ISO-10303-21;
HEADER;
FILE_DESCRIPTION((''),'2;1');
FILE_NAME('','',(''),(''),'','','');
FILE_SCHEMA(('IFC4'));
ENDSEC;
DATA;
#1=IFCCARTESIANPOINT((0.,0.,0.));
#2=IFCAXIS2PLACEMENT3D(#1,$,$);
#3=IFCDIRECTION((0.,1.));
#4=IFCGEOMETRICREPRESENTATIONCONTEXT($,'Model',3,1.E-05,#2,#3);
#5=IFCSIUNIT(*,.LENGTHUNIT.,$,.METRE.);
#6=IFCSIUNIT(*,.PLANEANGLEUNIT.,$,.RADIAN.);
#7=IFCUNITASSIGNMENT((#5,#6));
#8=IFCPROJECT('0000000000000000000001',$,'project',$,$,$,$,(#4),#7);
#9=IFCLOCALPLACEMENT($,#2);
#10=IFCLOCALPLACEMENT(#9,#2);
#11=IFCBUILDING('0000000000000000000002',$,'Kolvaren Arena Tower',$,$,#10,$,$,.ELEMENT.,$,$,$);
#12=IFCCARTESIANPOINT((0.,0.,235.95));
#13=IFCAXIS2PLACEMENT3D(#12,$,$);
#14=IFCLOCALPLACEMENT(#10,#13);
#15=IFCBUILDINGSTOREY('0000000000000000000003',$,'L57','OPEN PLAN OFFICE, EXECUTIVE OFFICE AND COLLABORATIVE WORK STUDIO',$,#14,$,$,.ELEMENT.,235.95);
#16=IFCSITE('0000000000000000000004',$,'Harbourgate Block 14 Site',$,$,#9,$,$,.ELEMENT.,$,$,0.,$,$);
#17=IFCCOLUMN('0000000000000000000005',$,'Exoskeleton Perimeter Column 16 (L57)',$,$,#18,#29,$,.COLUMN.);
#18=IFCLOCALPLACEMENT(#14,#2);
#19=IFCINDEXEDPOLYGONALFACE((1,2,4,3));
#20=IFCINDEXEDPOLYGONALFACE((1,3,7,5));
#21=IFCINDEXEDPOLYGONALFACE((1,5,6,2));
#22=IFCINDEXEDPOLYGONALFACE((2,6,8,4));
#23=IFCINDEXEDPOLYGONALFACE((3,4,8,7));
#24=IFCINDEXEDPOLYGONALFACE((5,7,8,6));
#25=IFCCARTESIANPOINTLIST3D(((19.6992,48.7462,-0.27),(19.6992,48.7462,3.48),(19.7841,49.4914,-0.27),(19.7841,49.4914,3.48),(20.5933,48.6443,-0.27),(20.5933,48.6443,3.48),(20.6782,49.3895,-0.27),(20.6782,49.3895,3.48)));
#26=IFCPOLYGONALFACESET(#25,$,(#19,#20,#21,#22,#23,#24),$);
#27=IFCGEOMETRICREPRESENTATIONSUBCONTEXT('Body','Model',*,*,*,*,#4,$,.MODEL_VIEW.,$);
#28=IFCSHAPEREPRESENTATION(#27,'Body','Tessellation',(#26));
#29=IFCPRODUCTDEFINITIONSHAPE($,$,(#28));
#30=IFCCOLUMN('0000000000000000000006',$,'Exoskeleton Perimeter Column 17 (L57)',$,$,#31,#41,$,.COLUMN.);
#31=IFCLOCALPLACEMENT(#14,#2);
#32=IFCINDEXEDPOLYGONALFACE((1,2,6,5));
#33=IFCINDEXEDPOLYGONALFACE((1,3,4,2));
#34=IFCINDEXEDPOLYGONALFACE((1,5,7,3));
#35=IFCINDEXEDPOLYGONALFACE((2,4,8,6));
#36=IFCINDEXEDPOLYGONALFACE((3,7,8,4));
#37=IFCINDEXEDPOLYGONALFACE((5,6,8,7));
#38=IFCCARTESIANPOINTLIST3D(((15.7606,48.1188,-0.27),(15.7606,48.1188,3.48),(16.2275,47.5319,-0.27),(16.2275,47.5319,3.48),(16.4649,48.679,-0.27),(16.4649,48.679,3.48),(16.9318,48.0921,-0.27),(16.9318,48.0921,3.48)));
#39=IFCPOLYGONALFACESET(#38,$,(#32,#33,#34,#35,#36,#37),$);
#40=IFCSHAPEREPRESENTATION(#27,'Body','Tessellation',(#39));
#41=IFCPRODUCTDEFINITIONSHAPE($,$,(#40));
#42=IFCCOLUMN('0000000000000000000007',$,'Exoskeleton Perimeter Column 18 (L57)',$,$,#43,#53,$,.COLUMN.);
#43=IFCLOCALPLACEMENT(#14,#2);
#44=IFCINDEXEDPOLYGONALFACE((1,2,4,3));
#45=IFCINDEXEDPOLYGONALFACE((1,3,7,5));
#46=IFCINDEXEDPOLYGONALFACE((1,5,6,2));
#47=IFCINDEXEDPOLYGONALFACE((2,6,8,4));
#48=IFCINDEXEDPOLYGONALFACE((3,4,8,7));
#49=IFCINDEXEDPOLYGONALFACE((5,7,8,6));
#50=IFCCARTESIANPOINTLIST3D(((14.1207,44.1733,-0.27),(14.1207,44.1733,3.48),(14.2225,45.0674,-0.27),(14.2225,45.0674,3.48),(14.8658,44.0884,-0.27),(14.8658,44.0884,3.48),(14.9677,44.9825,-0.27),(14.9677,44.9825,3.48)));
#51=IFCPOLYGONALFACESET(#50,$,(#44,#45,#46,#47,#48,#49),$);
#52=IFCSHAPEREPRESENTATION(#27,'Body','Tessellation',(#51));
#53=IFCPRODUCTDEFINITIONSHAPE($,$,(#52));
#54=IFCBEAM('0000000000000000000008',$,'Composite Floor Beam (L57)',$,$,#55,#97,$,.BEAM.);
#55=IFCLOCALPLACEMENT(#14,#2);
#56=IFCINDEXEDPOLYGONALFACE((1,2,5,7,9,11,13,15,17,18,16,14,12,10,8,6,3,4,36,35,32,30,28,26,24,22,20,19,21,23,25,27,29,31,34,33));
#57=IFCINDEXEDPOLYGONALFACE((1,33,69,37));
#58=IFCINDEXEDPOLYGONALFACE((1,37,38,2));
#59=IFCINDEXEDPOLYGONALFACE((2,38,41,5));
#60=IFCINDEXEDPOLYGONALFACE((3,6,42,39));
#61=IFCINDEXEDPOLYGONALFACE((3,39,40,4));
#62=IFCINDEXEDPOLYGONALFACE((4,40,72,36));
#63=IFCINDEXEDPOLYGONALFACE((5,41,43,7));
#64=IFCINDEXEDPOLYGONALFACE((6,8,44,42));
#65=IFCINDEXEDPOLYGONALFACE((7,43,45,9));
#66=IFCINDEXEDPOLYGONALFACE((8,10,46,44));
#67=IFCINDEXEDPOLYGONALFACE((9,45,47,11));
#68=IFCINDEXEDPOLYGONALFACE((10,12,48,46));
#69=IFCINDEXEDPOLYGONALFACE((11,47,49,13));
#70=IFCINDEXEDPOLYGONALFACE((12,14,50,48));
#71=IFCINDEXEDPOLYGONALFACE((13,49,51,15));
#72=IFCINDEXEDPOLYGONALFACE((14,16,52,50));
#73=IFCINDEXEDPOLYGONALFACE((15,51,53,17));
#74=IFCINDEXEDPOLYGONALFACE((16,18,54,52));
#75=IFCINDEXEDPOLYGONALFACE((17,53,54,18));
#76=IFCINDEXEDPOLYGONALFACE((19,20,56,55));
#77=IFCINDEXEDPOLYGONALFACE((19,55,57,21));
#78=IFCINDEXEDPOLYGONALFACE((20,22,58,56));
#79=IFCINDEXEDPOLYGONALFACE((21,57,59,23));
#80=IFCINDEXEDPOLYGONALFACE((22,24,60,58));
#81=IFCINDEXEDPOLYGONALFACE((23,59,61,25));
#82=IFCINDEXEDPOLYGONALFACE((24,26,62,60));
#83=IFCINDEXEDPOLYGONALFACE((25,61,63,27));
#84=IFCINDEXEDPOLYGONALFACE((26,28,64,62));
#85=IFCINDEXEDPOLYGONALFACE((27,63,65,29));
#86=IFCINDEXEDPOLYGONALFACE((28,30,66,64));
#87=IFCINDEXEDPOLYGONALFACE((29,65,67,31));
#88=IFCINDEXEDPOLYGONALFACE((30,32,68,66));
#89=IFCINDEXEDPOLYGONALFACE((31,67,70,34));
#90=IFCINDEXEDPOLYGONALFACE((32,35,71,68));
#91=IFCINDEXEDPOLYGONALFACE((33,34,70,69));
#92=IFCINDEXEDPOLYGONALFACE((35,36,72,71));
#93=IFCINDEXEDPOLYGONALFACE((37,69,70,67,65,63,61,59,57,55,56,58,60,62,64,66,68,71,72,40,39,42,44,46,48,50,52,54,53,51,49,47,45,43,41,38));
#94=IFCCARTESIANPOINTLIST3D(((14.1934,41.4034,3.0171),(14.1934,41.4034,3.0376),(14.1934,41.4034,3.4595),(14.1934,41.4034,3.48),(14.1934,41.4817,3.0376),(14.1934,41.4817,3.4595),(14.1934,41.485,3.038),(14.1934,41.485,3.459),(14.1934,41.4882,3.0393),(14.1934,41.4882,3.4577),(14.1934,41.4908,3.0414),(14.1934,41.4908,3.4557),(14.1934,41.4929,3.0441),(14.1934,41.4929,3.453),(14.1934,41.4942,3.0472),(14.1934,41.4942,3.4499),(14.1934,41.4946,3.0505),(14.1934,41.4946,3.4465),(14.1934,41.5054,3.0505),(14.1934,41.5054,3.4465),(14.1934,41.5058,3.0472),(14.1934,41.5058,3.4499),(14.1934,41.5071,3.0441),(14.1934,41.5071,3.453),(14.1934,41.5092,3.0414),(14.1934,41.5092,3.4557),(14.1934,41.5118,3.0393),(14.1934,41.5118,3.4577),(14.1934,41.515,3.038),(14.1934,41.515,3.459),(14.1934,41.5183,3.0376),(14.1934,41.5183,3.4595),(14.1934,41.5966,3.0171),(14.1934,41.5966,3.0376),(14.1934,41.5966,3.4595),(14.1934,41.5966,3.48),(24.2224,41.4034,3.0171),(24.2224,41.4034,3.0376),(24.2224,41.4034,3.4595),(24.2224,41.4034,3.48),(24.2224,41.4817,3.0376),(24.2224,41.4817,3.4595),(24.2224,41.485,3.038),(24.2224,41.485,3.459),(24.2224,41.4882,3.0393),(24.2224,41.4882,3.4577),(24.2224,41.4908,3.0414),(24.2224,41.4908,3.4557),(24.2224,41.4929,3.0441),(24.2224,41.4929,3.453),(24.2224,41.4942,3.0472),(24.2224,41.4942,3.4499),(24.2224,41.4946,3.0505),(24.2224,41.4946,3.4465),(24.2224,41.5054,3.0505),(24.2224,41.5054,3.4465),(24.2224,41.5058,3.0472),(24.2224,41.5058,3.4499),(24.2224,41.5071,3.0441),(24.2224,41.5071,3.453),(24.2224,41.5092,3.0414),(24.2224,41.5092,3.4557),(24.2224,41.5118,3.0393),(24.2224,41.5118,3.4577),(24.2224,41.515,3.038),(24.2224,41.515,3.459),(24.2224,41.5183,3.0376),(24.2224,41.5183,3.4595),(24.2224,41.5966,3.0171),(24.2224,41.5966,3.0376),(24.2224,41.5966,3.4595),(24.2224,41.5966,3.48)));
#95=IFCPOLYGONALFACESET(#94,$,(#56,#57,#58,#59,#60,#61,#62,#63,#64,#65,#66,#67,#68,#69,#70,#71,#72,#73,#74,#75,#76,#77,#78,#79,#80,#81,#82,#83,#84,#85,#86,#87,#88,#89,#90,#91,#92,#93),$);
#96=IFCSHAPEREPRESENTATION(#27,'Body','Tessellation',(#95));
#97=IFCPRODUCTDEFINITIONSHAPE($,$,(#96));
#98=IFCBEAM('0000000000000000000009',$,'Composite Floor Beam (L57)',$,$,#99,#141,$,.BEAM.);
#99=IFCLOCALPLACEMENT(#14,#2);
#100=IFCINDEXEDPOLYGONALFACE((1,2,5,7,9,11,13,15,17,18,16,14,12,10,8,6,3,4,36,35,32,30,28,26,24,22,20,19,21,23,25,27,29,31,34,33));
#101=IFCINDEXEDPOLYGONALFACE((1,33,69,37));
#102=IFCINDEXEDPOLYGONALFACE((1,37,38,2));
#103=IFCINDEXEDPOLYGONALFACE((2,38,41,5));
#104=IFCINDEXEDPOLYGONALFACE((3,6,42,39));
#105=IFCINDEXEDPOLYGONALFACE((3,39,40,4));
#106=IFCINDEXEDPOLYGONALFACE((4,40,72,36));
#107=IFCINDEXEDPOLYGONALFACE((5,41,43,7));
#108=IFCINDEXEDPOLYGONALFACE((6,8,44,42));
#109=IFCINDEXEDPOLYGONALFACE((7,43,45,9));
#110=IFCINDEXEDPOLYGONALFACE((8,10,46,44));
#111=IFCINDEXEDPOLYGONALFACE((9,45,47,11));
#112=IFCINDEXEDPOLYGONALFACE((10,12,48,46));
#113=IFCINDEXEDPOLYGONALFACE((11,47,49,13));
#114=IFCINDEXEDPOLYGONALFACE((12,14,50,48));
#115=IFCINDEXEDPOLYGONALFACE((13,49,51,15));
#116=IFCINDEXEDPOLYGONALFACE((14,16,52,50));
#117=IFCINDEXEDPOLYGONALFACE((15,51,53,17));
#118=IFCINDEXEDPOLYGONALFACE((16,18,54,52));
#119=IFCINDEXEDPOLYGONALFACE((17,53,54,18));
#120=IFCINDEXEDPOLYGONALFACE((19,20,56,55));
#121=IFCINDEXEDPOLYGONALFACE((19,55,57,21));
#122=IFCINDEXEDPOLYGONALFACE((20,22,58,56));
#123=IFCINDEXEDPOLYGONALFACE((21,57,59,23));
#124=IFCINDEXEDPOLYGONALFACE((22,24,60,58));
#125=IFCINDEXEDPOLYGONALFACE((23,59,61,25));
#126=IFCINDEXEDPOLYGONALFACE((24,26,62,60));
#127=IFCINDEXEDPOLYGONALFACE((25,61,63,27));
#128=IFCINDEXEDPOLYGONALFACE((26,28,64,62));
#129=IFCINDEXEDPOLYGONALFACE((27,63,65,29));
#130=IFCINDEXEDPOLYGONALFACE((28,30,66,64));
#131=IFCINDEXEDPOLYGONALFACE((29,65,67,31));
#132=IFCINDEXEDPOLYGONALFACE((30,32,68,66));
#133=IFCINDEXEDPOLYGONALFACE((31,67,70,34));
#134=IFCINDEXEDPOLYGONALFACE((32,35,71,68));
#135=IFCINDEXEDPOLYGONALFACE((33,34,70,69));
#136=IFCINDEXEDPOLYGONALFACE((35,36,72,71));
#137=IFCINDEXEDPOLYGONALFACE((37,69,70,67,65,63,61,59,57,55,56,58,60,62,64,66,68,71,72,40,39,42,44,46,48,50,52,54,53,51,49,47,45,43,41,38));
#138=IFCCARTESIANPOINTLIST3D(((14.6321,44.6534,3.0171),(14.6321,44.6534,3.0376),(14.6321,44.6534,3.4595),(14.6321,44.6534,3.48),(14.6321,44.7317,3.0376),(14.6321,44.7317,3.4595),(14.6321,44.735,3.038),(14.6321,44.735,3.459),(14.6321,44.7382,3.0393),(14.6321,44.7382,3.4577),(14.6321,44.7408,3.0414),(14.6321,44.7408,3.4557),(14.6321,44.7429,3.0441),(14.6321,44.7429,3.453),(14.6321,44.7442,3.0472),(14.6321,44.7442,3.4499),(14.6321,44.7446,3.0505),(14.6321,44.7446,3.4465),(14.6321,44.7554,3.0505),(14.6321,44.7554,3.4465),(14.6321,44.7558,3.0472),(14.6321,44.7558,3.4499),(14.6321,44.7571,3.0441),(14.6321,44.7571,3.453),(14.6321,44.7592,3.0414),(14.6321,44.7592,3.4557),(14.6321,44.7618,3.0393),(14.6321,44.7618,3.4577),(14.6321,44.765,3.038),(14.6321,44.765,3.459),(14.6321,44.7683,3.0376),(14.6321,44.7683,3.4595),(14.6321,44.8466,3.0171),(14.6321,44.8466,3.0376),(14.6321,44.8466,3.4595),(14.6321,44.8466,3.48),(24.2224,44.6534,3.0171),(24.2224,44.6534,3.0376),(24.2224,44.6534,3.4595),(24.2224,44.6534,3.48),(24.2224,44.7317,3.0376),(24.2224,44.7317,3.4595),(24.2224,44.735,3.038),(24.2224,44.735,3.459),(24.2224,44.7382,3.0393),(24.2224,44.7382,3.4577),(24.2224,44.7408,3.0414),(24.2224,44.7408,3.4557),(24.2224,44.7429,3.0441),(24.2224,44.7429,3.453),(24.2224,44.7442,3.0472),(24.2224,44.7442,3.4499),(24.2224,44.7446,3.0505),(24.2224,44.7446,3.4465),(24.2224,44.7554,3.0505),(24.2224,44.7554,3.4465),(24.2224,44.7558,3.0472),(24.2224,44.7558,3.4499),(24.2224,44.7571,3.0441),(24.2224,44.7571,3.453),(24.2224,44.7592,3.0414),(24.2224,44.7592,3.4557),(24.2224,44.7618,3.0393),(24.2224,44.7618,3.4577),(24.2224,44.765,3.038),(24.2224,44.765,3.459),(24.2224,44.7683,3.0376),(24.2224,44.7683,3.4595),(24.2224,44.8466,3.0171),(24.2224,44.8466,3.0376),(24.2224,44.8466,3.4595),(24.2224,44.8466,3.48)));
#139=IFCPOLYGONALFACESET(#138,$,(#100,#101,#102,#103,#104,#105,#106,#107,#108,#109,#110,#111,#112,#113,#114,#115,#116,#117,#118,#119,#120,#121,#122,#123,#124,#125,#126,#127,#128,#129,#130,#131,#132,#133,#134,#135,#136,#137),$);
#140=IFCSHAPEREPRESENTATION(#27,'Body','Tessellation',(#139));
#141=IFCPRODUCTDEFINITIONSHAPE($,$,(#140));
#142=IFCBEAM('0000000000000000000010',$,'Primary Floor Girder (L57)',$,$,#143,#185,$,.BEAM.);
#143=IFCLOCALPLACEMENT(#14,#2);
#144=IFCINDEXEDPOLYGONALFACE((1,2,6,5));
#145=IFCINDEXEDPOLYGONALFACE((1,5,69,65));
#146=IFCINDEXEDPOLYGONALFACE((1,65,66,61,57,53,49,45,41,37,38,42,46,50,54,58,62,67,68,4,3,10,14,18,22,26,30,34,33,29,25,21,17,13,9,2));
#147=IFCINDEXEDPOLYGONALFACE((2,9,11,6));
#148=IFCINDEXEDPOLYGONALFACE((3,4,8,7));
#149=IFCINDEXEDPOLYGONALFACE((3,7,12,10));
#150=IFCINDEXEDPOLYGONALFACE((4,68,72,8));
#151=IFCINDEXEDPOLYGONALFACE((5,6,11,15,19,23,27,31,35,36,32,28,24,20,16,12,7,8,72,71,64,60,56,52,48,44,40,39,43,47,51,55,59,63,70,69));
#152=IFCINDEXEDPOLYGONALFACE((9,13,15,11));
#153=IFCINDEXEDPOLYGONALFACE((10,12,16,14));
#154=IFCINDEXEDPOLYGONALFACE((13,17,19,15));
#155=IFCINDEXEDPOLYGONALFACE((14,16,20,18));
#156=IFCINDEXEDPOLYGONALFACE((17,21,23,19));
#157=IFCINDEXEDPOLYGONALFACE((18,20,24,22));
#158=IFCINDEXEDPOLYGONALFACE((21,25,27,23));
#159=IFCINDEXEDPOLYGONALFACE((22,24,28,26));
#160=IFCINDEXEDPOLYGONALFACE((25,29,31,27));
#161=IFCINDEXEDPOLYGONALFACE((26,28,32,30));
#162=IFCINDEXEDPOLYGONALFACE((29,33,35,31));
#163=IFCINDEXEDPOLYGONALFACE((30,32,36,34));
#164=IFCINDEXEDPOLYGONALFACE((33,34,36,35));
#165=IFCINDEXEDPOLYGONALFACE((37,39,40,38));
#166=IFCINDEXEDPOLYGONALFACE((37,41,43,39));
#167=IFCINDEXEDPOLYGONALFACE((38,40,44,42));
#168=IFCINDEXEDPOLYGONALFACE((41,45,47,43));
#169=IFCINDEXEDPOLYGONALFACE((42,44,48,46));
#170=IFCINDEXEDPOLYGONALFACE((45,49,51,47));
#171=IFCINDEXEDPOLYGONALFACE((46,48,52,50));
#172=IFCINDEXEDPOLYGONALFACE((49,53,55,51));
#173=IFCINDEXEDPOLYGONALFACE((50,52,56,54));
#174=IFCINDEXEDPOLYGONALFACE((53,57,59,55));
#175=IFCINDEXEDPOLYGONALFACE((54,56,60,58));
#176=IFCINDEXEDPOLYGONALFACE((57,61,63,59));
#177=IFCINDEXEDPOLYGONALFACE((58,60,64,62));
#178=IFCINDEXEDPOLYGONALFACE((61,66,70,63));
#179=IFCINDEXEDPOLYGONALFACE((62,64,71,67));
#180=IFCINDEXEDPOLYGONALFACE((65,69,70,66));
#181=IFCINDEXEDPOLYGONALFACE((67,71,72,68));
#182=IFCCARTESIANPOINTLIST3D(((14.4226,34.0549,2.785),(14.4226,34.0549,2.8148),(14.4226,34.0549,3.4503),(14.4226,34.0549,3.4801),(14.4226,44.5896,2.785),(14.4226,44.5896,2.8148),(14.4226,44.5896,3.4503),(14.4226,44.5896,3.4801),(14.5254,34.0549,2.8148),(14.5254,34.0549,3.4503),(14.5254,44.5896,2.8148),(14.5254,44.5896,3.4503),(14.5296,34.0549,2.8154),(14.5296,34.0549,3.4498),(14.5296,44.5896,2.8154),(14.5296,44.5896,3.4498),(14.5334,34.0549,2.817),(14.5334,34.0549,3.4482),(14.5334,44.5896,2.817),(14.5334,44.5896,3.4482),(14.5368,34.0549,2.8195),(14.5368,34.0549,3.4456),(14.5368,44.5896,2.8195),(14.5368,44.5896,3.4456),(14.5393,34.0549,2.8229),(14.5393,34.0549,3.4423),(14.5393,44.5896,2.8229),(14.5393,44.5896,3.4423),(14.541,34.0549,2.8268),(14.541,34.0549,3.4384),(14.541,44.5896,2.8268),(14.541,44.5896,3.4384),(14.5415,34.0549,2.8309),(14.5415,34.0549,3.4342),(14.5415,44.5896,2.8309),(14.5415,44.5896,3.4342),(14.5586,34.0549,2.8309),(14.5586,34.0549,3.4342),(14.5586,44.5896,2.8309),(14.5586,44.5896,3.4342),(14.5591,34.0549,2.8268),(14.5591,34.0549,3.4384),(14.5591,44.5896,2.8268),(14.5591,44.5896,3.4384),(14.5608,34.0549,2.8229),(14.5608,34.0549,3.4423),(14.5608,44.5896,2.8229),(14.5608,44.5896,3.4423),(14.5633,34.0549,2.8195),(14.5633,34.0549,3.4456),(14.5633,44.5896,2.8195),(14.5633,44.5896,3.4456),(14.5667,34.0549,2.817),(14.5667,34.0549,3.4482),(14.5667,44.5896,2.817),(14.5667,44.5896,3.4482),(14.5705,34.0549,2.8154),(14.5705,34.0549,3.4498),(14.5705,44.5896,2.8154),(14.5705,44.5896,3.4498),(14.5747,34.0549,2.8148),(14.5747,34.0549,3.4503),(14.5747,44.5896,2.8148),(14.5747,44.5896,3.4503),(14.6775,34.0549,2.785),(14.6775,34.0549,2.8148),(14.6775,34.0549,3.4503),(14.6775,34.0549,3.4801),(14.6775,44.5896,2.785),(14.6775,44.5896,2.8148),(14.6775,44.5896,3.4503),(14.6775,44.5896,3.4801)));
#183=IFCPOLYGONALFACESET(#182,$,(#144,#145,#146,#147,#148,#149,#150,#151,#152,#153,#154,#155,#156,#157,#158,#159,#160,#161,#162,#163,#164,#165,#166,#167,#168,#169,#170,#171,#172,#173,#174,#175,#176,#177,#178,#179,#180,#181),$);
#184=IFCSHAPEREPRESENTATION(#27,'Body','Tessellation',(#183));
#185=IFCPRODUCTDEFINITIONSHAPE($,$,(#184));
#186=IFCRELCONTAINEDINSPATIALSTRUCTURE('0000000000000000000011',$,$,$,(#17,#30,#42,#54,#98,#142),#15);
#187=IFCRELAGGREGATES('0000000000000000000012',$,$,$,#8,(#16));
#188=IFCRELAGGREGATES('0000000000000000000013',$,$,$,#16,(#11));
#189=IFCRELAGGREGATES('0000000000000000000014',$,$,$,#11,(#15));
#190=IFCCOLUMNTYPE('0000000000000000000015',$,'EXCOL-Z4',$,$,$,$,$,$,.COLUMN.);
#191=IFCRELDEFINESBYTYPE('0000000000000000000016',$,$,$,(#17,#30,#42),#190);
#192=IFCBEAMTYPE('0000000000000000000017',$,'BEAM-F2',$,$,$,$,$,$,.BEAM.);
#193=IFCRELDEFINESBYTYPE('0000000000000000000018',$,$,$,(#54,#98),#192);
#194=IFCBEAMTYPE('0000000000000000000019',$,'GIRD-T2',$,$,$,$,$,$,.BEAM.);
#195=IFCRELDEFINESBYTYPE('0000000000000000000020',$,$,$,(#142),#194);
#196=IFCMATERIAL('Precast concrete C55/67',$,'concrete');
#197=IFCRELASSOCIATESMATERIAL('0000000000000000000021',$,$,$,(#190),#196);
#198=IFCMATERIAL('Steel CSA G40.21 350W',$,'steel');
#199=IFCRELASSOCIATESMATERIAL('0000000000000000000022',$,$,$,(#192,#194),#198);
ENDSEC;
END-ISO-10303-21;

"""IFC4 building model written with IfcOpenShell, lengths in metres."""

from ifc_helpers import new_model, si_unit, direction, frame, origin, origin_2d, place, context, subcontext, project, spatial, rectangle, i_section, extrude, material, material_profile, profile_set, type_object, element, save


model = new_model("IFC4")

# Units and contexts
model_context = context("Model", 3, precision=1e-05, world=origin(), true_north=direction((0.0, 1.0)))
body_context = subcontext(model_context, "Body", "Model", "MODEL_VIEW")
ifc_project = project(units=[si_unit("LENGTHUNIT", "METRE"), si_unit("PLANEANGLEUNIT", "RADIAN")], contexts=[model_context])

# Site, building, storey
site_placement = place(None, origin())
site = spatial("IfcSite", under=ifc_project, at=site_placement, Name="Harbourgate Block 14 Site", CompositionType="ELEMENT", RefElevation=0.0)
building_placement = place(site_placement, origin())
building = spatial("IfcBuilding", under=site, at=building_placement, Name="Kolvaren Arena Tower", CompositionType="ELEMENT")
storey_placement = place(building_placement, frame((0.0, 0.0, 235.95)))
storey = spatial("IfcBuildingStorey", under=building, at=storey_placement, Name="L57", Description="OPEN PLAN OFFICE, EXECUTIVE OFFICE AND COLLABORATIVE WORK STUDIO", CompositionType="ELEMENT", Elevation=235.95)

# Columns
ifc_material_1 = material(Name="Precast concrete C55/67", Category="concrete")
ifc_material_profile_1 = material_profile(ifc_material_1, rectangle(XDim=0.8999, YDim=0.75, at=origin_2d()), Name="RC-900x750")
ifc_profile_set_1 = profile_set([ifc_material_profile_1], Name="Precast concrete C55/67")
column_type = type_object("IfcColumnType", Name="EXCOL-Z4", PredefinedType="COLUMN", material=ifc_profile_set_1)
for number, where, z_axis, x_axis, name in (
    (1, (20.1887, 49.0679, -0.27), (0.0, 0.0, 1.0), (0.993572, -0.113203, 0.0), "Exoskeleton Perimeter Column 16 (L57)"),
    (2, (16.3462, 48.1055, -0.27), (0.0, 0.0, 1.0), (0.782608, 0.622515, 0.0), "Exoskeleton Perimeter Column 17 (L57)"),
    (3, (14.5442, 44.5779, -0.27), (0.0, 0.0, 1.0), (0.113203, 0.993572, 0.0), "Exoskeleton Perimeter Column 18 (L57)"),
):
    element("IfcColumn", number, at=place(storey_placement, frame(where, z_axis=z_axis, x_axis=x_axis)), inside=storey, type_object=column_type, Name=name, PredefinedType="COLUMN", context=body_context, shape_type="SweptSolid", body=[
        extrude(rectangle(XDim=0.8999, YDim=0.75, at=origin_2d()), origin(), (0.0, 0.0, 1.0), 3.75),
    ])

# Beams
ifc_material_2 = material(Name="Steel CSA G40.21 350W", Category="steel")
ifc_material_profile_2 = material_profile(ifc_material_2, i_section(OverallWidth=0.1931, OverallDepth=0.4629, WebThickness=0.0107, FlangeThickness=0.0205, FilletRadius=0.0129, at=origin_2d()), Name="W460x113")
ifc_profile_set_2 = profile_set([ifc_material_profile_2], Name="Steel CSA G40.21 350W")
beam_type_1 = type_object("IfcBeamType", Name="BEAM-F2", PredefinedType="BEAM", material=ifc_profile_set_2)
beam_1_placement = place(storey_placement, frame((14.1934, 41.5, 3.2485), z_axis=(1.0, 0.0, 0.0), x_axis=(0.0, 1.0, 0.0)))
element("IfcBeam", 4, at=beam_1_placement, inside=storey, type_object=beam_type_1, Name="Composite Floor Beam (L57)", PredefinedType="BEAM", context=body_context, shape_type="SweptSolid", body=[
    extrude(i_section(OverallWidth=0.1931, OverallDepth=0.4629, WebThickness=0.0107, FlangeThickness=0.0205, FilletRadius=0.0129, at=origin_2d()), origin(), (0.0, 0.0, 1.0), 10.0291),
])
beam_2_placement = place(storey_placement, frame((14.6321, 44.75, 3.2485), z_axis=(1.0, 0.0, 0.0), x_axis=(0.0, 1.0, 0.0)))
element("IfcBeam", 5, at=beam_2_placement, inside=storey, type_object=beam_type_1, Name="Composite Floor Beam (L57)", PredefinedType="BEAM", context=body_context, shape_type="SweptSolid", body=[
    extrude(i_section(OverallWidth=0.1931, OverallDepth=0.4629, WebThickness=0.0107, FlangeThickness=0.0205, FilletRadius=0.0129, at=origin_2d()), origin(), (0.0, 0.0, 1.0), 9.5903),
])
ifc_material_profile_3 = material_profile(ifc_material_2, i_section(OverallWidth=0.2549, OverallDepth=0.6951, WebThickness=0.0171, FlangeThickness=0.0298, FilletRadius=0.0161, at=origin_2d()), Name="W690x217")
ifc_profile_set_3 = profile_set([ifc_material_profile_3], Name="Steel CSA G40.21 350W")
beam_type_2 = type_object("IfcBeamType", Name="GIRD-T2", PredefinedType="BEAM", material=ifc_profile_set_3)
beam_3_placement = place(storey_placement, frame((14.55, 34.0549, 3.1326), z_axis=(0.0, 1.0, 0.0), x_axis=(-1.0, 0.0, 0.0)))
element("IfcBeam", 6, at=beam_3_placement, inside=storey, type_object=beam_type_2, Name="Primary Floor Girder (L57)", PredefinedType="BEAM", context=body_context, shape_type="SweptSolid", body=[
    extrude(i_section(OverallWidth=0.2549, OverallDepth=0.6951, WebThickness=0.0171, FlangeThickness=0.0298, FilletRadius=0.0161, at=origin_2d()), origin(), (0.0, 0.0, 1.0), 10.5347),
])

save(model, "model.ifc")
